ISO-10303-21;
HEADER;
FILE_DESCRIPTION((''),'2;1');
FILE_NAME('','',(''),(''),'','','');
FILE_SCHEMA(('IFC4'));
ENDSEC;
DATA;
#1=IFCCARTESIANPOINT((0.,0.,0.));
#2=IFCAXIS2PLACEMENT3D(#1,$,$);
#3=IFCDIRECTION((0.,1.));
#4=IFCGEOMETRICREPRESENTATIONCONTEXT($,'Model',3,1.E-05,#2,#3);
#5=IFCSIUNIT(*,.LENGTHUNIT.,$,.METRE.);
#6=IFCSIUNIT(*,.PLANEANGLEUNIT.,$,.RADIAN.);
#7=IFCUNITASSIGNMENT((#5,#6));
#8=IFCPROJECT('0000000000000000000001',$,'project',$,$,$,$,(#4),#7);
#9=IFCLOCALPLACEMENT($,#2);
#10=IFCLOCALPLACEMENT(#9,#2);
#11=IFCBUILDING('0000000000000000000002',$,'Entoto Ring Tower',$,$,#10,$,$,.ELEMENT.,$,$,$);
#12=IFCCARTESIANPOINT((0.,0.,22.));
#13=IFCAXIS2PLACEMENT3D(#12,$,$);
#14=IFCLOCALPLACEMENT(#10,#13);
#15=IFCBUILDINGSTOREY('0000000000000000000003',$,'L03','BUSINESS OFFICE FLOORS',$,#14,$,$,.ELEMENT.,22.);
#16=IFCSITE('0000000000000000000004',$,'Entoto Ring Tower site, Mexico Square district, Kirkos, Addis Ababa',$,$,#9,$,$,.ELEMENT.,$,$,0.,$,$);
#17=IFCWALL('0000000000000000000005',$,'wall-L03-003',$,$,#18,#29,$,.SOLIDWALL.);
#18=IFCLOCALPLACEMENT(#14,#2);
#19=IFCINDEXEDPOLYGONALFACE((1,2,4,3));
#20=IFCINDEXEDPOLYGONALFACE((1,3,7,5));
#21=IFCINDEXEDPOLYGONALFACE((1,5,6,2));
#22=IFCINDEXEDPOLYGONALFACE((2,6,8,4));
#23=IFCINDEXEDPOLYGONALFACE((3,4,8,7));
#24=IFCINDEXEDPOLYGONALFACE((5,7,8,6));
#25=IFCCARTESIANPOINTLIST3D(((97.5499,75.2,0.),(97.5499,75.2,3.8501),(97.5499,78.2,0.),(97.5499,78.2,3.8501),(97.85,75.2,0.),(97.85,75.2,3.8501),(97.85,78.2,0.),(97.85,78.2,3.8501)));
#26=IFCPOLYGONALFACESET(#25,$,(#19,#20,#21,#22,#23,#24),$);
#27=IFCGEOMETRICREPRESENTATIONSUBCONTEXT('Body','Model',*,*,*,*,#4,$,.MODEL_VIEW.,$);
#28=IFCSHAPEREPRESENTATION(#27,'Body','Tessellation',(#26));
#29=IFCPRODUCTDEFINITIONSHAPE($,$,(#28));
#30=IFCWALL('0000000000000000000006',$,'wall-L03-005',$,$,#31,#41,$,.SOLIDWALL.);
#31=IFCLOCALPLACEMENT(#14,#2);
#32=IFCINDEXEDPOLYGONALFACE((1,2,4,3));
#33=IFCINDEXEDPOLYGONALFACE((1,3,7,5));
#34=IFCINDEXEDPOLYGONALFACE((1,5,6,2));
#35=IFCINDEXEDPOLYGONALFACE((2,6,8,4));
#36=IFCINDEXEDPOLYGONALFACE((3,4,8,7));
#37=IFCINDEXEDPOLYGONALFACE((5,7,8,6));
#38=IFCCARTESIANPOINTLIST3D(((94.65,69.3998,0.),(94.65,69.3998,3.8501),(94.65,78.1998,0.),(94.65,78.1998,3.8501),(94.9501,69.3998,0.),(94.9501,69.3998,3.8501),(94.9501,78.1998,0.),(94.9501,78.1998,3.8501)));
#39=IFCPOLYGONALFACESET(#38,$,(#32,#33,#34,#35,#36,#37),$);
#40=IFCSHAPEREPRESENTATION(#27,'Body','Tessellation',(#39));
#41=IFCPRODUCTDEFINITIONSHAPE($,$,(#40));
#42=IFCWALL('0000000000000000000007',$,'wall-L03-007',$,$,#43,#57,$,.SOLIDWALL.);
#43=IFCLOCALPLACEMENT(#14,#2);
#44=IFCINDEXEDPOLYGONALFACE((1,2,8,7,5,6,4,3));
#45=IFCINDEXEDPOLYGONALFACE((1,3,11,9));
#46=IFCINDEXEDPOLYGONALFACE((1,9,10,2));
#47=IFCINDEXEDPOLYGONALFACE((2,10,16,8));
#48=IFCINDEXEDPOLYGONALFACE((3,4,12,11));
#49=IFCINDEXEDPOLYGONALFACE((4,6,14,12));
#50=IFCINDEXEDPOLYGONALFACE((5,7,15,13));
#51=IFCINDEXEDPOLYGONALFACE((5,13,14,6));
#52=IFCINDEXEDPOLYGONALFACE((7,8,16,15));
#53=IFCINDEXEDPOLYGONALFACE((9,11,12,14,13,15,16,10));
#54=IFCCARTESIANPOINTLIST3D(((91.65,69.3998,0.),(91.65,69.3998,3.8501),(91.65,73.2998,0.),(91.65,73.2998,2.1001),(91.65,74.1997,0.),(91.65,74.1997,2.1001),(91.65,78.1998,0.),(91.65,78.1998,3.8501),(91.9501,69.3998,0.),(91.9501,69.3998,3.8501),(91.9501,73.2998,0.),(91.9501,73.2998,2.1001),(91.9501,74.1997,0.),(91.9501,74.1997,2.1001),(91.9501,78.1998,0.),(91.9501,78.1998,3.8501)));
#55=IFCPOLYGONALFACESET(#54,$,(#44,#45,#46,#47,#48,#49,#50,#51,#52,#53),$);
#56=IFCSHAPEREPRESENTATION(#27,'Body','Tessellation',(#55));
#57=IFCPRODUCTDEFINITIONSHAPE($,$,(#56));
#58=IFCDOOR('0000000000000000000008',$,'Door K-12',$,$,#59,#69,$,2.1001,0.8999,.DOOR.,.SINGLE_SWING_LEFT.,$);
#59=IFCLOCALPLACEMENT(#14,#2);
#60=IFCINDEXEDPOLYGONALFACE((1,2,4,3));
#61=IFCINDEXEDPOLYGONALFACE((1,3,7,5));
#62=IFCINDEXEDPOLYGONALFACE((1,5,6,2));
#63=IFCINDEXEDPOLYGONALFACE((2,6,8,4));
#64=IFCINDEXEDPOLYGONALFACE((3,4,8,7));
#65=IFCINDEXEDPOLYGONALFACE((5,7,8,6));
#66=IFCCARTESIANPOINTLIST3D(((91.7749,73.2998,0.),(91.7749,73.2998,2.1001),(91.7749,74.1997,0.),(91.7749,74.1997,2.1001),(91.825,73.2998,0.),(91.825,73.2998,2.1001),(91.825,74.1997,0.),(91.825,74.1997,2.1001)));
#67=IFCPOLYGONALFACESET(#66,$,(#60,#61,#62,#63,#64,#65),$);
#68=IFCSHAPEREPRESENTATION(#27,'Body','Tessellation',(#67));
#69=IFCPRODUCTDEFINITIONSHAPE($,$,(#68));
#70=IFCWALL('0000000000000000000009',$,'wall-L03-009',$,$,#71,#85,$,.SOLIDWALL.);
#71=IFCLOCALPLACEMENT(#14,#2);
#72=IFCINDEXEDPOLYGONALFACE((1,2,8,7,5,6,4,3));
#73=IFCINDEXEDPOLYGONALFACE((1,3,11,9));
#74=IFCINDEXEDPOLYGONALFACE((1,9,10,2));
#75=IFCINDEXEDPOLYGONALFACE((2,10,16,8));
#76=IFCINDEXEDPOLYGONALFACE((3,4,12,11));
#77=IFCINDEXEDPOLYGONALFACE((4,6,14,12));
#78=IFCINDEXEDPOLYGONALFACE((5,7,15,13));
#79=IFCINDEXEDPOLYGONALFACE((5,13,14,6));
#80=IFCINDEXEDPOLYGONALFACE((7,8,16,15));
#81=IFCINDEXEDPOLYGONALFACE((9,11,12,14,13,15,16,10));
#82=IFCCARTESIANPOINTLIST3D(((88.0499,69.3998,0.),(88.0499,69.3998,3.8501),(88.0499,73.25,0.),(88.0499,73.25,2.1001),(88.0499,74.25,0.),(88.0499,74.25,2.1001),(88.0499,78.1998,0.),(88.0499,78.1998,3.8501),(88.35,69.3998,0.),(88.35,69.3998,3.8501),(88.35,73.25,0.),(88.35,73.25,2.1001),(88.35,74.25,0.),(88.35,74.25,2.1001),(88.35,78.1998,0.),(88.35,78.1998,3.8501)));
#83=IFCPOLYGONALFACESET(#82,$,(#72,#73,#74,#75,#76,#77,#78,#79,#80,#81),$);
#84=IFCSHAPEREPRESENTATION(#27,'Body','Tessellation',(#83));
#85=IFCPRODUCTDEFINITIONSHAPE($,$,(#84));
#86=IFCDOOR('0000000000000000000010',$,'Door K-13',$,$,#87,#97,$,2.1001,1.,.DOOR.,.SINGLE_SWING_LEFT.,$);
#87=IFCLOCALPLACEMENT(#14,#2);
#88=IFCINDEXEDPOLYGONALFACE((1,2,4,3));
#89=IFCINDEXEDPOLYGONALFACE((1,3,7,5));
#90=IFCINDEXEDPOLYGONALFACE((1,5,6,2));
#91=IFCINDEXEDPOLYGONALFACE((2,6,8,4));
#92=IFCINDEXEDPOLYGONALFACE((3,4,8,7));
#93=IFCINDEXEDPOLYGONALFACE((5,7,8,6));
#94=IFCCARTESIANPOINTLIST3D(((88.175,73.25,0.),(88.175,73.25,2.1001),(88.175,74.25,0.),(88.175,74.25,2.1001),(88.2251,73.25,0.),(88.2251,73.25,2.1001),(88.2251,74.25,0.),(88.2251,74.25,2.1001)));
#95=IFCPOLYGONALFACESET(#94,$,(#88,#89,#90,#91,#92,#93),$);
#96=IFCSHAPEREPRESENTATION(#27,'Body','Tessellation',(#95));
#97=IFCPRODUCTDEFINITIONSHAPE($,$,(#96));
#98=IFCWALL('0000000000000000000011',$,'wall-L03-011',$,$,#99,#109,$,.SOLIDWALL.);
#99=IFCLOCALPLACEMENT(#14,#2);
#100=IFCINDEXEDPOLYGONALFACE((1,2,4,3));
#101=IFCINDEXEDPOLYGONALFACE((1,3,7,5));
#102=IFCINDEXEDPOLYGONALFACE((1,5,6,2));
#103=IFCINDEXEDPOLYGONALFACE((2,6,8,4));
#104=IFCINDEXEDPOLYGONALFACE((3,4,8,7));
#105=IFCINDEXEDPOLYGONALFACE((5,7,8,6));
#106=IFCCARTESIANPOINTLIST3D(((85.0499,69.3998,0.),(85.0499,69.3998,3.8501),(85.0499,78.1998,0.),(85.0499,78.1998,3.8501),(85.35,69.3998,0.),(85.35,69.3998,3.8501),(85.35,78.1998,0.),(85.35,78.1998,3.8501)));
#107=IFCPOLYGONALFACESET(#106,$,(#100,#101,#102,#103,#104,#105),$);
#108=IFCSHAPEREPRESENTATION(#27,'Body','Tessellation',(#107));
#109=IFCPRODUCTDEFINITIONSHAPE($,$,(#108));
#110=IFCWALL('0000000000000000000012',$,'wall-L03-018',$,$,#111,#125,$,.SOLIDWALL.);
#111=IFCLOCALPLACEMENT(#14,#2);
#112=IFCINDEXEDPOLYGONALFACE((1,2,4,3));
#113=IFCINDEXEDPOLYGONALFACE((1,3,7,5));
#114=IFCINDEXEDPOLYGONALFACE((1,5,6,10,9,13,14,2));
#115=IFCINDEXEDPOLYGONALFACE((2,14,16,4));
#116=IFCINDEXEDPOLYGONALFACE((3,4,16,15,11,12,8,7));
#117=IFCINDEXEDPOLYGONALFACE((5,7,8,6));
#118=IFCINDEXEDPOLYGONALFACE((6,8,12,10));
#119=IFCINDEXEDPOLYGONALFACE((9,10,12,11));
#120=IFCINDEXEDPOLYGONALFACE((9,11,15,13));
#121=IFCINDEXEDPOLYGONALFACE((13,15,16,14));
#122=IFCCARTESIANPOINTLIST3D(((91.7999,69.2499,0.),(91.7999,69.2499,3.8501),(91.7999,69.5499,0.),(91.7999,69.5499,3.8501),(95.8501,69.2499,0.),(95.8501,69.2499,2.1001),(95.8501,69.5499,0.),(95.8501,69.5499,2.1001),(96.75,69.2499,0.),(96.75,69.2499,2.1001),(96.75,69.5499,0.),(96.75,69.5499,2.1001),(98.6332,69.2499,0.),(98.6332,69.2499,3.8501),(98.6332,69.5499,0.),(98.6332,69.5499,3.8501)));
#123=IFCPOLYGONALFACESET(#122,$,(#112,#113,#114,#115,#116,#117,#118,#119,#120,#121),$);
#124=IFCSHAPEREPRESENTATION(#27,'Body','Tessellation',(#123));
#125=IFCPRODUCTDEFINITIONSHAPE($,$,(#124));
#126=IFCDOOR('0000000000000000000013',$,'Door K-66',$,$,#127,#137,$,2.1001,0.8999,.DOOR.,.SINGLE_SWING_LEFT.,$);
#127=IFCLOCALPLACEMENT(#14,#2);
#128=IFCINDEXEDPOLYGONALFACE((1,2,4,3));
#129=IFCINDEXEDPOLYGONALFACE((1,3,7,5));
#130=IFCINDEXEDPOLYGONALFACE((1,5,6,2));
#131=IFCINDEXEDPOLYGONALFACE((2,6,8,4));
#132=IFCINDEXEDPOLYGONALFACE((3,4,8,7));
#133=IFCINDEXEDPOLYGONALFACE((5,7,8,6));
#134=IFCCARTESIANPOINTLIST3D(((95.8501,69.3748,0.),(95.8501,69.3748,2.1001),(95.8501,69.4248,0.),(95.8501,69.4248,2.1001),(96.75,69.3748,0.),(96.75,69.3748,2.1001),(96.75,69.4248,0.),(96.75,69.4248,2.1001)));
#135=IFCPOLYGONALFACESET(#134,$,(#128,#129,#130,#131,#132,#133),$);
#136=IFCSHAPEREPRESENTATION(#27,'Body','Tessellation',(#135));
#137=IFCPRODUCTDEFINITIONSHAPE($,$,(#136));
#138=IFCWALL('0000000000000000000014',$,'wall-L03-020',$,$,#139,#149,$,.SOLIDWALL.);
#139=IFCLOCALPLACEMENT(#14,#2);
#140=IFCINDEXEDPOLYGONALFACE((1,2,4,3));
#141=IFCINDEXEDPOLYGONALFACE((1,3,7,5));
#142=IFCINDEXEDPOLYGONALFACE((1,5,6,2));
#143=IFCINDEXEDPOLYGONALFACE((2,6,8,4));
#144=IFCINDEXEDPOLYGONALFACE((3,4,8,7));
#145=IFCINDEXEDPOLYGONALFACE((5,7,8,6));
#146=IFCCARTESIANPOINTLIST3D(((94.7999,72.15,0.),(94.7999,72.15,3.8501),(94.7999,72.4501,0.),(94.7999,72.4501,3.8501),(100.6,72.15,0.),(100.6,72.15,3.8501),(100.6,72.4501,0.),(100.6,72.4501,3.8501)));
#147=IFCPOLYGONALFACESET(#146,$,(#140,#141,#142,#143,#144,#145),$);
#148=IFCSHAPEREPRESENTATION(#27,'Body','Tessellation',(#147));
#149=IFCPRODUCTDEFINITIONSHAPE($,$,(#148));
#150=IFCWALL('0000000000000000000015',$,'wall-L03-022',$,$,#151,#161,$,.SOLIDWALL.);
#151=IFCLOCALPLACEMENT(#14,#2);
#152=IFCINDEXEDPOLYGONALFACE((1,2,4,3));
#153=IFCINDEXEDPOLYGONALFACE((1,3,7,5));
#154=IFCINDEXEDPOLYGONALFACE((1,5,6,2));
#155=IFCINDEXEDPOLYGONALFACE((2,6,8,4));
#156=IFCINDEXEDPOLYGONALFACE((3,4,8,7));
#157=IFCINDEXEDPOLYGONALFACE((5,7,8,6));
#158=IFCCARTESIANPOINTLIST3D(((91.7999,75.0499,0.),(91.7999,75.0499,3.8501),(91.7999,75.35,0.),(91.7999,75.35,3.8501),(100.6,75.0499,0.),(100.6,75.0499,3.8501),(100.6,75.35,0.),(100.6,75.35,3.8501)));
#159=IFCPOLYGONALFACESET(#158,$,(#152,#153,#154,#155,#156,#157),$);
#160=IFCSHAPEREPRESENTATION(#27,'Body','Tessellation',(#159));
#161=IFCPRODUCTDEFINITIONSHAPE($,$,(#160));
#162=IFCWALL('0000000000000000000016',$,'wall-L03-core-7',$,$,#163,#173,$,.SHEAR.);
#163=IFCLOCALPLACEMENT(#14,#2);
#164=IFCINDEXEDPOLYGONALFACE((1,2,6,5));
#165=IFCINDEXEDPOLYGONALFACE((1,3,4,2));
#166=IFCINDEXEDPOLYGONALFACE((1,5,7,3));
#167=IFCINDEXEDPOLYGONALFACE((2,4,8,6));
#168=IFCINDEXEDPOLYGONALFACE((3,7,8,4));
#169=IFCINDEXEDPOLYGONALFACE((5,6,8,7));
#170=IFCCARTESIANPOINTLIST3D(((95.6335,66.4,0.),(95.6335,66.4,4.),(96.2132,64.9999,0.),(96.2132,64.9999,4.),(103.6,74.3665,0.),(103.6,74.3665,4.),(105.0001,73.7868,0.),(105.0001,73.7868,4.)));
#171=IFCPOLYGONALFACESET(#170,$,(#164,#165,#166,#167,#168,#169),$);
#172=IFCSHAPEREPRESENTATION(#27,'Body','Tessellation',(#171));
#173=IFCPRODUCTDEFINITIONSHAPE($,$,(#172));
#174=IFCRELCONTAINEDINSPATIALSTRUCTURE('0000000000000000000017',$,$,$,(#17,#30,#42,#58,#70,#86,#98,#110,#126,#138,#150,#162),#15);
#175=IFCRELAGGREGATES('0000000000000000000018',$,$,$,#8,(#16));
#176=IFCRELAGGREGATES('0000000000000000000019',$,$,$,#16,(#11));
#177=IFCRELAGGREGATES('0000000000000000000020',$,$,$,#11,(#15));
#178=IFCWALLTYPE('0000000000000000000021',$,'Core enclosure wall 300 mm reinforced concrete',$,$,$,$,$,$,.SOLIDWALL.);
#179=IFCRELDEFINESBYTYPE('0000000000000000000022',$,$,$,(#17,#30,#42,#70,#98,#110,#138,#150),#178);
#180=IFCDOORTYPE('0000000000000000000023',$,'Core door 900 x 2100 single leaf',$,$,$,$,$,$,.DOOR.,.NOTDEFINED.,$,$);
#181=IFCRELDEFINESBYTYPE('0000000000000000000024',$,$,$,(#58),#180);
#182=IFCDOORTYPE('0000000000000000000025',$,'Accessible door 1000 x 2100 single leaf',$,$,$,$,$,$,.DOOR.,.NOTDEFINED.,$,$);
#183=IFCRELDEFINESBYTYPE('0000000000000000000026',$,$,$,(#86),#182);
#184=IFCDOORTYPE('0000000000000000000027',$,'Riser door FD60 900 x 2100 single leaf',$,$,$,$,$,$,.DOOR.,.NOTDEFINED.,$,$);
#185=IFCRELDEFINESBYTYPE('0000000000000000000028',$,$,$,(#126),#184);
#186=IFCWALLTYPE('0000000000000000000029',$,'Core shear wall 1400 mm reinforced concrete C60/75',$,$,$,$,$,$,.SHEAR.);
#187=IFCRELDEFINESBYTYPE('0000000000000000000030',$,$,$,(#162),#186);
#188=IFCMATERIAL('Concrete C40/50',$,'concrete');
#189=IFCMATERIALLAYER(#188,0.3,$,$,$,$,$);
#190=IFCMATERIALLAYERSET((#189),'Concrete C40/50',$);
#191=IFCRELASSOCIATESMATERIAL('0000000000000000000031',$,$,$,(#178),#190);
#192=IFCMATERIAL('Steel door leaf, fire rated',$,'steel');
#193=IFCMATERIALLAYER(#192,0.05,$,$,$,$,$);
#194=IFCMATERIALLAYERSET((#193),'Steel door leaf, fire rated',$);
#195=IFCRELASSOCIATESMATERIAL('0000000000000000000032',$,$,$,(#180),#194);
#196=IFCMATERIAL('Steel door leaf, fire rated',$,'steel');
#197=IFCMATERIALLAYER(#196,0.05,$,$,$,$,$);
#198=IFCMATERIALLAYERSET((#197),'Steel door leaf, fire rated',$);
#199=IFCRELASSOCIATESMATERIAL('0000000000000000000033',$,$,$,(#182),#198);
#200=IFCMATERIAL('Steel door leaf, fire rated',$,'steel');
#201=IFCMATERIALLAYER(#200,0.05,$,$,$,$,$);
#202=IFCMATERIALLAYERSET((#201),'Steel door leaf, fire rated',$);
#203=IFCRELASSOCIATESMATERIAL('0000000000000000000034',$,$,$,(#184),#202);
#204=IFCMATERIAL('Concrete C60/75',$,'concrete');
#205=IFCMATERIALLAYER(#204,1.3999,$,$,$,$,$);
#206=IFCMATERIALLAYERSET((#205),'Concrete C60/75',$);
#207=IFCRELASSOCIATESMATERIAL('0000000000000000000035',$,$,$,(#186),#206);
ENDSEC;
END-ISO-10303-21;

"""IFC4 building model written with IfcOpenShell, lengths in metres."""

from ifc_helpers import new_model, si_unit, direction, frame, frame_2d, origin, place, context, subcontext, project, spatial, polyline, rectangle, outline, extrude, material, layer, layer_set, type_object, element, fill, save


model = new_model("IFC4")

# Units and contexts
model_context = context("Model", 3, precision=1e-05, world=origin(), true_north=direction((0.0, 1.0)))
body_context = subcontext(model_context, "Body", "Model", "MODEL_VIEW")
ifc_project = project(units=[si_unit("LENGTHUNIT", "METRE"), si_unit("PLANEANGLEUNIT", "RADIAN")], contexts=[model_context])

# Site, building, storey
site_placement = place(None, origin())
site = spatial("IfcSite", under=ifc_project, at=site_placement, Name="Entoto Ring Tower site, Mexico Square district, Kirkos, Addis Ababa", CompositionType="ELEMENT", RefElevation=0.0)
building_placement = place(site_placement, origin())
building = spatial("IfcBuilding", under=site, at=building_placement, Name="Entoto Ring Tower", CompositionType="ELEMENT")
storey_placement = place(building_placement, frame((0.0, 0.0, 22.0)))
storey = spatial("IfcBuildingStorey", under=building, at=storey_placement, Name="L03", Description="BUSINESS OFFICE FLOORS", CompositionType="ELEMENT", Elevation=22.0)

# Walls
ifc_material_1 = material(Name="Concrete C40/50", Category="concrete")
ifc_layer_1 = layer(ifc_material_1, 0.3)
ifc_layer_set_1 = layer_set([ifc_layer_1], Name="Concrete C40/50")
wall_type_1 = type_object("IfcWallType", Name="Core enclosure wall 300 mm reinforced concrete", PredefinedType="SOLIDWALL", material=ifc_layer_set_1)
wall_1_placement = place(storey_placement, frame((97.7, 75.2, 0.0), z_axis=(0.0, 0.0, 1.0), x_axis=(0.0, 1.0, 0.0)))
element("IfcWall", 1, at=wall_1_placement, inside=storey, type_object=wall_type_1, Name="wall-L03-003", PredefinedType="SOLIDWALL", context=body_context, shape_type="SweptSolid", body=[
    extrude(rectangle(XDim=3.0, YDim=0.3, at=frame_2d((1.5, 0.0))), origin(), (0.0, 0.0, 1.0), 3.8501),
])
wall_2_placement = place(storey_placement, frame((94.8, 69.3999, 0.0), z_axis=(0.0, 0.0, 1.0), x_axis=(0.0, 1.0, 0.0)))
element("IfcWall", 2, at=wall_2_placement, inside=storey, type_object=wall_type_1, Name="wall-L03-005", PredefinedType="SOLIDWALL", context=body_context, shape_type="SweptSolid", body=[
    extrude(rectangle(XDim=8.8, YDim=0.3, at=frame_2d((4.3999, 0.0))), origin(), (0.0, 0.0, 1.0), 3.8501),
])

# Walls, openings, doors
wall_3_placement = place(storey_placement, frame((91.8, 69.3999, 0.0), z_axis=(0.0, 0.0, 1.0), x_axis=(0.0, 1.0, 0.0)))
wall_3 = element("IfcWall", 3, at=wall_3_placement, inside=storey, type_object=wall_type_1, Name="wall-L03-007", PredefinedType="SOLIDWALL", context=body_context, shape_type="SweptSolid", body=[
    extrude(rectangle(XDim=8.8, YDim=0.3, at=frame_2d((4.3999, 0.0))), origin(), (0.0, 0.0, 1.0), 3.8501),
])
opening_1_placement = place(wall_3_placement, frame((3.8999, 0.0, 0.0)))
opening_1 = element("IfcOpeningElement", 4, at=opening_1_placement, cuts=wall_3, PredefinedType="OPENING", context=body_context, shape_type="SweptSolid", body=[
    extrude(rectangle(XDim=0.8999, YDim=2.1001, at=frame_2d((0.45, 1.05))), frame((0.0, 0.1602, 0.0), z_axis=(0.0, -1.0, 0.0), x_axis=(1.0, 0.0, 0.0)), (0.0, 0.0, 1.0), 0.3201),
])
ifc_material_2 = material(Name="Steel door leaf, fire rated", Category="steel")
ifc_layer_2 = layer(ifc_material_2, 0.05)
ifc_layer_set_2 = layer_set([ifc_layer_2], Name="Steel door leaf, fire rated")
door_type_1 = type_object("IfcDoorType", Name="Core door 900 x 2100 single leaf", OperationType="NOTDEFINED", PredefinedType="DOOR", material=ifc_layer_set_2)
door_1_placement = place(opening_1_placement, frame((0.8999, 0.0, 0.0), z_axis=(0.0, 0.0, 1.0), x_axis=(-1.0, 0.0, 0.0)))
door_1 = element("IfcDoor", 5, at=door_1_placement, inside=storey, type_object=door_type_1, Name="Door K-12", OperationType="SINGLE_SWING_LEFT", OverallHeight=2.1001, OverallWidth=0.8999, PredefinedType="DOOR", context=body_context, shape_type="SweptSolid", body=[
    extrude(rectangle(XDim=0.8999, YDim=2.1001, at=frame_2d((0.45, 1.05))), frame((0.0, 0.0249, 0.0), z_axis=(0.0, -1.0, 0.0), x_axis=(1.0, 0.0, 0.0)), (0.0, 0.0, 1.0), 0.05),
])
fill(opening_1, door_1)
wall_4_placement = place(storey_placement, frame((88.2, 69.3999, 0.0), z_axis=(0.0, 0.0, 1.0), x_axis=(0.0, 1.0, 0.0)))
wall_4 = element("IfcWall", 6, at=wall_4_placement, inside=storey, type_object=wall_type_1, Name="wall-L03-009", PredefinedType="SOLIDWALL", context=body_context, shape_type="SweptSolid", body=[
    extrude(rectangle(XDim=8.8, YDim=0.3, at=frame_2d((4.3999, 0.0))), origin(), (0.0, 0.0, 1.0), 3.8501),
])
opening_2_placement = place(wall_4_placement, frame((3.8501, 0.0, 0.0)))
opening_2 = element("IfcOpeningElement", 7, at=opening_2_placement, cuts=wall_4, PredefinedType="OPENING", context=body_context, shape_type="SweptSolid", body=[
    extrude(rectangle(XDim=1.0, YDim=2.1001, at=frame_2d((0.5, 1.05))), frame((0.0, 0.1602, 0.0), z_axis=(0.0, -1.0, 0.0), x_axis=(1.0, 0.0, 0.0)), (0.0, 0.0, 1.0), 0.3201),
])
ifc_material_3 = material(Name="Steel door leaf, fire rated", Category="steel")
ifc_layer_3 = layer(ifc_material_3, 0.05)
ifc_layer_set_3 = layer_set([ifc_layer_3], Name="Steel door leaf, fire rated")
door_type_2 = type_object("IfcDoorType", Name="Accessible door 1000 x 2100 single leaf", OperationType="NOTDEFINED", PredefinedType="DOOR", material=ifc_layer_set_3)
door_2_placement = place(opening_2_placement, origin())
door_2 = element("IfcDoor", 8, at=door_2_placement, inside=storey, type_object=door_type_2, Name="Door K-13", OperationType="SINGLE_SWING_LEFT", OverallHeight=2.1001, OverallWidth=1.0, PredefinedType="DOOR", context=body_context, shape_type="SweptSolid", body=[
    extrude(rectangle(XDim=1.0, YDim=2.1001, at=frame_2d((0.5, 1.05))), frame((0.0, 0.0249, 0.0), z_axis=(0.0, -1.0, 0.0), x_axis=(1.0, 0.0, 0.0)), (0.0, 0.0, 1.0), 0.05),
])
fill(opening_2, door_2)

# Wall
wall_5_placement = place(storey_placement, frame((85.2, 69.3999, 0.0), z_axis=(0.0, 0.0, 1.0), x_axis=(0.0, 1.0, 0.0)))
element("IfcWall", 9, at=wall_5_placement, inside=storey, type_object=wall_type_1, Name="wall-L03-011", PredefinedType="SOLIDWALL", context=body_context, shape_type="SweptSolid", body=[
    extrude(rectangle(XDim=8.8, YDim=0.3, at=frame_2d((4.3999, 0.0))), origin(), (0.0, 0.0, 1.0), 3.8501),
])

# Wall, opening, door
wall_6_placement = place(storey_placement, frame((91.8, 69.3999, 0.0), z_axis=(0.0, 0.0, 1.0), x_axis=(1.0, 0.0, 0.0)))
wall_6 = element("IfcWall", 10, at=wall_6_placement, inside=storey, type_object=wall_type_1, Name="wall-L03-018", PredefinedType="SOLIDWALL", context=body_context, shape_type="SweptSolid", body=[
    extrude(rectangle(XDim=6.8333, YDim=0.3, at=frame_2d((3.4165, 0.0))), origin(), (0.0, 0.0, 1.0), 3.8501),
])
opening_3_placement = place(wall_6_placement, frame((4.05, 0.0, 0.0)))
opening_3 = element("IfcOpeningElement", 11, at=opening_3_placement, cuts=wall_6, PredefinedType="OPENING", context=body_context, shape_type="SweptSolid", body=[
    extrude(rectangle(XDim=0.8999, YDim=2.1001, at=frame_2d((0.45, 1.05))), frame((0.0, 0.1602, 0.0), z_axis=(0.0, -1.0, 0.0), x_axis=(1.0, 0.0, 0.0)), (0.0, 0.0, 1.0), 0.3201),
])
ifc_material_4 = material(Name="Steel door leaf, fire rated", Category="steel")
ifc_layer_4 = layer(ifc_material_4, 0.05)
ifc_layer_set_4 = layer_set([ifc_layer_4], Name="Steel door leaf, fire rated")
door_type_3 = type_object("IfcDoorType", Name="Riser door FD60 900 x 2100 single leaf", OperationType="NOTDEFINED", PredefinedType="DOOR", material=ifc_layer_set_4)
door_3_placement = place(opening_3_placement, origin())
door_3 = element("IfcDoor", 12, at=door_3_placement, inside=storey, type_object=door_type_3, Name="Door K-66", OperationType="SINGLE_SWING_LEFT", OverallHeight=2.1001, OverallWidth=0.8999, PredefinedType="DOOR", context=body_context, shape_type="SweptSolid", body=[
    extrude(rectangle(XDim=0.8999, YDim=2.1001, at=frame_2d((0.45, 1.05))), frame((0.0, 0.0249, 0.0), z_axis=(0.0, -1.0, 0.0), x_axis=(1.0, 0.0, 0.0)), (0.0, 0.0, 1.0), 0.05),
])
fill(opening_3, door_3)

# Walls
wall_7_placement = place(storey_placement, frame((94.8, 72.3, 0.0), z_axis=(0.0, 0.0, 1.0), x_axis=(1.0, 0.0, 0.0)))
element("IfcWall", 13, at=wall_7_placement, inside=storey, type_object=wall_type_1, Name="wall-L03-020", PredefinedType="SOLIDWALL", context=body_context, shape_type="SweptSolid", body=[
    extrude(rectangle(XDim=5.8, YDim=0.3, at=frame_2d((2.8999, 0.0))), origin(), (0.0, 0.0, 1.0), 3.8501),
])
wall_8_placement = place(storey_placement, frame((91.8, 75.2, 0.0), z_axis=(0.0, 0.0, 1.0), x_axis=(1.0, 0.0, 0.0)))
element("IfcWall", 14, at=wall_8_placement, inside=storey, type_object=wall_type_1, Name="wall-L03-022", PredefinedType="SOLIDWALL", context=body_context, shape_type="SweptSolid", body=[
    extrude(rectangle(XDim=8.8, YDim=0.3, at=frame_2d((4.3999, 0.0))), origin(), (0.0, 0.0, 1.0), 3.8501),
])
ifc_material_5 = material(Name="Concrete C60/75", Category="concrete")
ifc_layer_5 = layer(ifc_material_5, 1.3999)
ifc_layer_set_5 = layer_set([ifc_layer_5], Name="Concrete C60/75")
wall_type_2 = type_object("IfcWallType", Name="Core shear wall 1400 mm reinforced concrete C60/75", PredefinedType="SHEAR", material=ifc_layer_set_5)
wall_9_placement = place(storey_placement, frame((95.9233, 65.7, 0.0), z_axis=(0.0, 0.0, 1.0), x_axis=(0.707107, 0.707107, 0.0)))
element("IfcWall", 15, at=wall_9_placement, inside=storey, type_object=wall_type_2, Name="wall-L03-core-7", PredefinedType="SHEAR", context=body_context, shape_type="SweptSolid", body=[
    extrude(outline(polyline([(-0.29, -0.7), (12.1365, -0.7), (11.5564, 0.7), (0.29, 0.7), (-0.29, -0.7)])), origin(), (0.0, 0.0, 1.0), 4.0),
])

save(model, "model.ifc")
